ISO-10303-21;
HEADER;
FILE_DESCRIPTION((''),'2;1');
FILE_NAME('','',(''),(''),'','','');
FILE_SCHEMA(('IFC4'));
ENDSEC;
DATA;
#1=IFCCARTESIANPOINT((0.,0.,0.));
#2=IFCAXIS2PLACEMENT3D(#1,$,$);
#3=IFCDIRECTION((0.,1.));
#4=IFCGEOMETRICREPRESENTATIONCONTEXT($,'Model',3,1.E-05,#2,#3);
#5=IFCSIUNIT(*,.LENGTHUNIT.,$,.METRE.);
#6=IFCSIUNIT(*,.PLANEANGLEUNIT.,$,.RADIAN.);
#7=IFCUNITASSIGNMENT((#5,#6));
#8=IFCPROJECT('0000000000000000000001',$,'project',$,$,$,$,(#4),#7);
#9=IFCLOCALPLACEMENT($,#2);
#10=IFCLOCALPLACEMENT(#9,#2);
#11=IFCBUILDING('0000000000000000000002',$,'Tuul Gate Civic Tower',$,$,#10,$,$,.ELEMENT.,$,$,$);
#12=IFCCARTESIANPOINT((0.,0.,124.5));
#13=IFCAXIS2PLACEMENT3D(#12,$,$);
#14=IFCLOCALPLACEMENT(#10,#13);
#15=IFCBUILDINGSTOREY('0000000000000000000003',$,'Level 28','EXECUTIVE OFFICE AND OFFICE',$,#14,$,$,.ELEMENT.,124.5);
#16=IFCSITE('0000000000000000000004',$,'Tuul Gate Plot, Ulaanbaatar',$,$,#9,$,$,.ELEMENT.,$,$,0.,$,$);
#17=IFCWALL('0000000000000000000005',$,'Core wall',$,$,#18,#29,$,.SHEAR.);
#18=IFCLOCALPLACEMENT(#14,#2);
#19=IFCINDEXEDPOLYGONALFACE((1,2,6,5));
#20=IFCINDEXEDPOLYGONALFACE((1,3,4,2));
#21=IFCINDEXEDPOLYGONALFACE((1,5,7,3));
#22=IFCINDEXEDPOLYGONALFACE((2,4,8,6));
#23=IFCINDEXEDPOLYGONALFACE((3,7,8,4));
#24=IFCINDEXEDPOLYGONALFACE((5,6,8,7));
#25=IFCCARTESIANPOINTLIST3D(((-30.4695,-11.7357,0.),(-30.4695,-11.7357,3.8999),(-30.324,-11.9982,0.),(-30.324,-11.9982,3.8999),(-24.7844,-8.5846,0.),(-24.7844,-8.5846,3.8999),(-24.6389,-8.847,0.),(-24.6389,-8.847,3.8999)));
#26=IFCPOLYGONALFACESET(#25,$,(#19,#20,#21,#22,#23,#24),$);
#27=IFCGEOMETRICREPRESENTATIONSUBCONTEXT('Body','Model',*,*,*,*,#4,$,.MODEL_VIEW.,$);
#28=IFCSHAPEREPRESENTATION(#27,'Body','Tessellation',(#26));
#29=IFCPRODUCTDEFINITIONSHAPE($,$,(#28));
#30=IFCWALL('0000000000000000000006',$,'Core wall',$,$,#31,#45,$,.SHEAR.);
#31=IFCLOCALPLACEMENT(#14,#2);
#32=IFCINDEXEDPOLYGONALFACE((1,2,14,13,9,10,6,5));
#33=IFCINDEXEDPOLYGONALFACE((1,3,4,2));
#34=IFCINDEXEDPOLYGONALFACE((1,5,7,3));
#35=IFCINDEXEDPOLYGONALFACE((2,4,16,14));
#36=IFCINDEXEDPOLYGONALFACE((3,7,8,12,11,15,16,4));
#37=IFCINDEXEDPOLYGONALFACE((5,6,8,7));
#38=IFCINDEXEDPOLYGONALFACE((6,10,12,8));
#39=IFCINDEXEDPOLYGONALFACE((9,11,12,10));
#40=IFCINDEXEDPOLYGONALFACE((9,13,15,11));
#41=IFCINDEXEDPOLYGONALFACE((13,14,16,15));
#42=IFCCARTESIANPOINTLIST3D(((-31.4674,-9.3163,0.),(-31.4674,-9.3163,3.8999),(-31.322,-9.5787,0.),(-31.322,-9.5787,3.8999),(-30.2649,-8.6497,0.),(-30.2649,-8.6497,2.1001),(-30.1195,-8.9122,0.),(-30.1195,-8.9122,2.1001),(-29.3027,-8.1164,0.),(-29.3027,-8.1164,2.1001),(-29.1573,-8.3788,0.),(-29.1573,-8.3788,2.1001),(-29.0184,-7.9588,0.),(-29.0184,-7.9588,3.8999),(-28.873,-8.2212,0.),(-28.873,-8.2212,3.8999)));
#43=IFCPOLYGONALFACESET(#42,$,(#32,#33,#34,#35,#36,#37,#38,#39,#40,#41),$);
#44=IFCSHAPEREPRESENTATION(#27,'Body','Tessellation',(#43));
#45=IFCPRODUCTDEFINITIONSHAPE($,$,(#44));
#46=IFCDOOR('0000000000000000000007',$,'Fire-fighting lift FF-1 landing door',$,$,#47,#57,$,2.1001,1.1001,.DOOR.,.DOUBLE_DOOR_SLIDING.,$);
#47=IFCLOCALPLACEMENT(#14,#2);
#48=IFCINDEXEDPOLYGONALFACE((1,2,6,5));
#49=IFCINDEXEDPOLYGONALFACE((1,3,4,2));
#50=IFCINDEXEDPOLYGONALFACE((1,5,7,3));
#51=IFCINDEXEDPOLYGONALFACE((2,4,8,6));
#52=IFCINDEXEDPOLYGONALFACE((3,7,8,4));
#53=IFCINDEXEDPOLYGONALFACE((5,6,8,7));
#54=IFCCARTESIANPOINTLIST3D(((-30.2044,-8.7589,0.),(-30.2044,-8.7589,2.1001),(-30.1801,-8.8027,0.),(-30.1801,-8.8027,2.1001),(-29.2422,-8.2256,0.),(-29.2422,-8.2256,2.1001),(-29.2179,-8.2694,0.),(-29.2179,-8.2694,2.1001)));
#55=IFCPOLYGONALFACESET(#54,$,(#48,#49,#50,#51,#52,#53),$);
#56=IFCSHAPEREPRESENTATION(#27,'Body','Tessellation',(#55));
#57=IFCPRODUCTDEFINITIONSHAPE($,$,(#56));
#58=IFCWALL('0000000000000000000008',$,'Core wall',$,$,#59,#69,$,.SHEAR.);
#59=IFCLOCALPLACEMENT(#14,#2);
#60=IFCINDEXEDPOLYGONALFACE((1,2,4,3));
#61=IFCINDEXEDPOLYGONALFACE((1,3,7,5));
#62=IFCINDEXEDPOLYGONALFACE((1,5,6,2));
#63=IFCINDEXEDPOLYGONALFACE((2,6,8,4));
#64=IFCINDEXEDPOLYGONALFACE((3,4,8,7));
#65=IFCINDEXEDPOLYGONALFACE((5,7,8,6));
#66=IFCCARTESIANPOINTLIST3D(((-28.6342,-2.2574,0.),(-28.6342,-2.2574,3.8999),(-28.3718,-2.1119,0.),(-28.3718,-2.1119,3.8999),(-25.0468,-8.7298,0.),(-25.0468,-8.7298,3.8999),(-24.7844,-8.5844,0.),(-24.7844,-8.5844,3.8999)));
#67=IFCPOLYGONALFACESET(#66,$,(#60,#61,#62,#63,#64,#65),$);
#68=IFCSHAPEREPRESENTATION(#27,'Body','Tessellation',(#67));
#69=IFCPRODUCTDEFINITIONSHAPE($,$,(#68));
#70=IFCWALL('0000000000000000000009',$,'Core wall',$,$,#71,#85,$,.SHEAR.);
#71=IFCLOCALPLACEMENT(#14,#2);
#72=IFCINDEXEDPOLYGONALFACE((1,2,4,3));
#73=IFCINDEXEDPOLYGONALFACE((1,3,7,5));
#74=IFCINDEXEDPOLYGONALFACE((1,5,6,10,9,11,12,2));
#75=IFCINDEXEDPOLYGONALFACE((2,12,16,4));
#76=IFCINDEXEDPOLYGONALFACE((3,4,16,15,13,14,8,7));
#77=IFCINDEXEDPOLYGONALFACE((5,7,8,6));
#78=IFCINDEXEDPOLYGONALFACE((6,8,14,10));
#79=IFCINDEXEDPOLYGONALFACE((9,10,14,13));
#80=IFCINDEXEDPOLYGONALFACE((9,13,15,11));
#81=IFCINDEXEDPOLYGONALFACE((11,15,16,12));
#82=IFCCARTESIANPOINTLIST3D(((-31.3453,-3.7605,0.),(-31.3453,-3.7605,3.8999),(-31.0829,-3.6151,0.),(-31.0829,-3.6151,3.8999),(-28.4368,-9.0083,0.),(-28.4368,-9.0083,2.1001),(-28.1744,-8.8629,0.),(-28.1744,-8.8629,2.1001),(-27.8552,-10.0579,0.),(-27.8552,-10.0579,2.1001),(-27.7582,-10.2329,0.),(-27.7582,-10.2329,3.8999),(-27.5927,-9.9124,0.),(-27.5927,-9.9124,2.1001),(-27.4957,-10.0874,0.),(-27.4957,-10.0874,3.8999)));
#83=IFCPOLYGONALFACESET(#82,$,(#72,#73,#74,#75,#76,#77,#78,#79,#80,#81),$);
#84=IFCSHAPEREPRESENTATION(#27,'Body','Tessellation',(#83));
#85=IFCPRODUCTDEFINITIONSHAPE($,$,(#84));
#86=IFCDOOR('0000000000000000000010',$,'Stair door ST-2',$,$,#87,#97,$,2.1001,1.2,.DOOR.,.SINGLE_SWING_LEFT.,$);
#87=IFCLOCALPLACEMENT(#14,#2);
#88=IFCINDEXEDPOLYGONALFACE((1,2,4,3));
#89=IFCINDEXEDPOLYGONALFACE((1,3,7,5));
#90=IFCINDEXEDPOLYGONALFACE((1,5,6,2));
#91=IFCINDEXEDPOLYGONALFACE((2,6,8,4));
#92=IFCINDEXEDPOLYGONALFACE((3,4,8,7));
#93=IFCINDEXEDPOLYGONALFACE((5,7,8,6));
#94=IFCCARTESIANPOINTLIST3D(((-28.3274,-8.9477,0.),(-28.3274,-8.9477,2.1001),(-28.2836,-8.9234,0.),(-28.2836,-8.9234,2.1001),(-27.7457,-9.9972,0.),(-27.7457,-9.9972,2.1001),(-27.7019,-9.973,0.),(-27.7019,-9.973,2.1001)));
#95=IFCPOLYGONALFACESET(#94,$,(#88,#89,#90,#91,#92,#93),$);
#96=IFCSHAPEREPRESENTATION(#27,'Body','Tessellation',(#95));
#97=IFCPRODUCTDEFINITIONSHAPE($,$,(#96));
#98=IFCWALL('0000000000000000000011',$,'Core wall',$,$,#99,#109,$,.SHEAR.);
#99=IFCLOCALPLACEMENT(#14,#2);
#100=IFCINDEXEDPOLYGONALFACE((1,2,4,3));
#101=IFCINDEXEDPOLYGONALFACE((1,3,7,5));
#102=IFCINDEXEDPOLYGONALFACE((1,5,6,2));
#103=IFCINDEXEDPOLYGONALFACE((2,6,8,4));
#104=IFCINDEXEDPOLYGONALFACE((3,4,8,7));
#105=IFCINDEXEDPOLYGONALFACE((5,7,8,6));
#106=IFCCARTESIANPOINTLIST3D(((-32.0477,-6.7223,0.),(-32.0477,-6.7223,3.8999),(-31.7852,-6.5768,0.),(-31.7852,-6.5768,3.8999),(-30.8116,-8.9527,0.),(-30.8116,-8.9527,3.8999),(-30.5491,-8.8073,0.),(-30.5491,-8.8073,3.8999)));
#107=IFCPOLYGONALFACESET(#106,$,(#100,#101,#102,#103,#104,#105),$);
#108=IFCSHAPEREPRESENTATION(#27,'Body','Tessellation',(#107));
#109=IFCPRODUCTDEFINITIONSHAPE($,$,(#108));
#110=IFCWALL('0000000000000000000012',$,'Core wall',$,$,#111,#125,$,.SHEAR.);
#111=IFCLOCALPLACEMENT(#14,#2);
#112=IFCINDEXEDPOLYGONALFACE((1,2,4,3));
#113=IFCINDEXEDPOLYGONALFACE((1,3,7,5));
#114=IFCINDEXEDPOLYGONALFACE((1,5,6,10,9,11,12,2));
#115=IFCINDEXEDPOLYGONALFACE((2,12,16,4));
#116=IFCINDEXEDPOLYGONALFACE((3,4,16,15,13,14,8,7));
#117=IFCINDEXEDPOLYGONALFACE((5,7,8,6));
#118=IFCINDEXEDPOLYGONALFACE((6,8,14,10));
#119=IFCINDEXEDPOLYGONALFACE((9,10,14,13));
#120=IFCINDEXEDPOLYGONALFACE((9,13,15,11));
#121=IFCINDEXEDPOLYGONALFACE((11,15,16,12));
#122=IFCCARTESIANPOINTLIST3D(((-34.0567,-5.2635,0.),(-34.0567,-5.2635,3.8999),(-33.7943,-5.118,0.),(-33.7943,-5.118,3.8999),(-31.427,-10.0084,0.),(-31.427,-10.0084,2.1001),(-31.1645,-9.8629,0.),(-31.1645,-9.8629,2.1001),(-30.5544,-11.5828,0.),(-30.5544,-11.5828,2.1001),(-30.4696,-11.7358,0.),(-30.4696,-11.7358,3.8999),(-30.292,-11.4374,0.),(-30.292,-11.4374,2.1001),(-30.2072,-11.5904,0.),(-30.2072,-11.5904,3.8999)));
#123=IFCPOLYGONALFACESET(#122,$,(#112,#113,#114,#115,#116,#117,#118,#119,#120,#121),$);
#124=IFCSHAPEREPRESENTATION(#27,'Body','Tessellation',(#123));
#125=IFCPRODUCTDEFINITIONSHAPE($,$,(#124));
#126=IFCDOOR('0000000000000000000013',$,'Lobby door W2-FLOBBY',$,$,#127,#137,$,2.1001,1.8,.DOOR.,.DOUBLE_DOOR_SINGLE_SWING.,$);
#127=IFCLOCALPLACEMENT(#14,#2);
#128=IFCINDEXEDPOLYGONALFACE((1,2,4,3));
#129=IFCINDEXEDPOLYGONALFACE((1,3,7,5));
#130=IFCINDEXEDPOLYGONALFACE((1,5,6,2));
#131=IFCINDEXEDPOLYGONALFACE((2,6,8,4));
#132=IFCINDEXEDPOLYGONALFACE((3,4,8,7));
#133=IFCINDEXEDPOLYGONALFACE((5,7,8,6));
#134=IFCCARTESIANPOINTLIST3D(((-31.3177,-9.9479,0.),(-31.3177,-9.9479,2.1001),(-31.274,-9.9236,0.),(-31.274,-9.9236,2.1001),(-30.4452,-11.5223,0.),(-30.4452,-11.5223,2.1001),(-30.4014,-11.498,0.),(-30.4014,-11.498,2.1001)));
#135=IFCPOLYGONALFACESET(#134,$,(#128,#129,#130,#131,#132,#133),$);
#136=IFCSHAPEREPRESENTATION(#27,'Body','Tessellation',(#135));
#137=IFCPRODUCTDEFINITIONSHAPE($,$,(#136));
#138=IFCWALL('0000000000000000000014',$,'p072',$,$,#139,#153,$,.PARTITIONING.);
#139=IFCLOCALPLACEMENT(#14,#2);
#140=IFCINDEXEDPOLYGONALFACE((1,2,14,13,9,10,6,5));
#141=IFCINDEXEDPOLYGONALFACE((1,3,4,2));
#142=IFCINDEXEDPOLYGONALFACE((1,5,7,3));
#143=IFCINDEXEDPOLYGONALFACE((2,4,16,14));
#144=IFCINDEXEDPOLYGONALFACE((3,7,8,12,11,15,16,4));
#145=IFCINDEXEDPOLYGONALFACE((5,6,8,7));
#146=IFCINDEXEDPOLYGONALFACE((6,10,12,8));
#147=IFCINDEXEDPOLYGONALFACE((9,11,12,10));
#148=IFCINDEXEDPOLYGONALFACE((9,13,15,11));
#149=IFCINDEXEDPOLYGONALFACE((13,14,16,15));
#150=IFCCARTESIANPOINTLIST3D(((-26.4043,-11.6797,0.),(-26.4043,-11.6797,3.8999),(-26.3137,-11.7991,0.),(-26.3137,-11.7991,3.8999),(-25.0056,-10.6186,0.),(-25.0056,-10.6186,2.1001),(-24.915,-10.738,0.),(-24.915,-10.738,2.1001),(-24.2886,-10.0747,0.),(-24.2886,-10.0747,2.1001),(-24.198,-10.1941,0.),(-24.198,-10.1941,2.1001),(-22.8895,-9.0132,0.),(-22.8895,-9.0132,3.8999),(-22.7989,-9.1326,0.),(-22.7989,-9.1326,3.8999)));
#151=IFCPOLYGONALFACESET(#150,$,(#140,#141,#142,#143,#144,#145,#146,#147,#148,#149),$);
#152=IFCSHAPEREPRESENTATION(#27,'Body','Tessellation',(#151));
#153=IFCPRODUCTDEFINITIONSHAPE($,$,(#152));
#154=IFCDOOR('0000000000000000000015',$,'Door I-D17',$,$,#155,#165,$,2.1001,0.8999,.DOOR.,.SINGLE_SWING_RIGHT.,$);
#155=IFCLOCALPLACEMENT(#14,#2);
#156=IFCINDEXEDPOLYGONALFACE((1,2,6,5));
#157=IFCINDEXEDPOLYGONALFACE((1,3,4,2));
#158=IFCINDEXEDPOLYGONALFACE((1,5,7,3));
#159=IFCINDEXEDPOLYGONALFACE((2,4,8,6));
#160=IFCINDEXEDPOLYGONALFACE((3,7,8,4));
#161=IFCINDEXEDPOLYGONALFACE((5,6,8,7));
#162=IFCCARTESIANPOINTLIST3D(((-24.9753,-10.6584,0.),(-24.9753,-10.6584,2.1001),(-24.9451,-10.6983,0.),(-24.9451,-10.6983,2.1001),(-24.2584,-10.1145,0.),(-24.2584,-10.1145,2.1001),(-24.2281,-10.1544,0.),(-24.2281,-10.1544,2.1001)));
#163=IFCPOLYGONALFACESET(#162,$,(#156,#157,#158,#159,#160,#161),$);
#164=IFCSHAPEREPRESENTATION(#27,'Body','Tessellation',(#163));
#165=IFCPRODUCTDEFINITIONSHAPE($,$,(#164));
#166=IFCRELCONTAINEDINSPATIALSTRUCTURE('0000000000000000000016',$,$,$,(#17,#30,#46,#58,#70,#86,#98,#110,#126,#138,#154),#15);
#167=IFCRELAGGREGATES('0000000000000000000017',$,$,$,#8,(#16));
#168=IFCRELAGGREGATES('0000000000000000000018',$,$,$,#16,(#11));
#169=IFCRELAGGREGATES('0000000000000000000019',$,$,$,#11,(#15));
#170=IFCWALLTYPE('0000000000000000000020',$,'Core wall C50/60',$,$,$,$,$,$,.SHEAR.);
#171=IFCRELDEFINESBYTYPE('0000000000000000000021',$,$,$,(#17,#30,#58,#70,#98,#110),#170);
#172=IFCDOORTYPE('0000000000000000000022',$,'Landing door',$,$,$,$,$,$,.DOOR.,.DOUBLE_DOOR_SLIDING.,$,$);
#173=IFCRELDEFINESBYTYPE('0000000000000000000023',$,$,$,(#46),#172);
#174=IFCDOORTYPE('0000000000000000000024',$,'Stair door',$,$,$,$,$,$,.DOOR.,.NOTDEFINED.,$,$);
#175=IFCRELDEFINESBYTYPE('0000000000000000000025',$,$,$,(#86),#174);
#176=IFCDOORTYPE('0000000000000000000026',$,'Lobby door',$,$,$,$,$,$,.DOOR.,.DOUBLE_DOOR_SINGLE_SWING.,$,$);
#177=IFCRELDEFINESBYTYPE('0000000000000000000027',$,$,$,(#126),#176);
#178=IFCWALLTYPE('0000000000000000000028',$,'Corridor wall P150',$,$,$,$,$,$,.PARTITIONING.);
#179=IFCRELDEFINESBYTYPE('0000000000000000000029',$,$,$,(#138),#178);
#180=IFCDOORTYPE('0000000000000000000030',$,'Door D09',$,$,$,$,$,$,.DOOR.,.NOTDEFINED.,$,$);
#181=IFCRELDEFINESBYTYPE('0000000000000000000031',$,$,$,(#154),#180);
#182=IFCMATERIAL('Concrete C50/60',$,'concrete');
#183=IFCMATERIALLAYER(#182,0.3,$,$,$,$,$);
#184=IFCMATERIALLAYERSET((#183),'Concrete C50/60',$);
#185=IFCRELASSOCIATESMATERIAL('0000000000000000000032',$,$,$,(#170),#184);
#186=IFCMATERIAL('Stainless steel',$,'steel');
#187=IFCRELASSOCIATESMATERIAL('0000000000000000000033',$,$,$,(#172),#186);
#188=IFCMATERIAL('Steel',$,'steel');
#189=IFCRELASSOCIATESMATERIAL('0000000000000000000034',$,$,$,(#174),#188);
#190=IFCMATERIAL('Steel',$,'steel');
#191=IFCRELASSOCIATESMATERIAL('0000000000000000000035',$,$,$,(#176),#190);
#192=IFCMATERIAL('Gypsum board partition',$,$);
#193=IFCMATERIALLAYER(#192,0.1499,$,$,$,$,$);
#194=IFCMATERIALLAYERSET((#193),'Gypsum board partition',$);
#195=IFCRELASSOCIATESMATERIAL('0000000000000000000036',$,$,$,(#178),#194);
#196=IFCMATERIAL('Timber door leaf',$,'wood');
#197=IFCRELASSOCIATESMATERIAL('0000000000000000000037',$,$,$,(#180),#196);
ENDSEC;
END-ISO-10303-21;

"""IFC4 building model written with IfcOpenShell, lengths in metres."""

from ifc_helpers import new_model, si_unit, direction, frame, frame_2d, origin, place, context, subcontext, project, spatial, rectangle, extrude, material, layer, layer_set, type_object, element, fill, save


model = new_model("IFC4")

# Units and contexts
model_context = context("Model", 3, precision=1e-05, world=origin(), true_north=direction((0.0, 1.0)))
body_context = subcontext(model_context, "Body", "Model", "MODEL_VIEW")
ifc_project = project(units=[si_unit("LENGTHUNIT", "METRE"), si_unit("PLANEANGLEUNIT", "RADIAN")], contexts=[model_context])

# Site, building, storey
site_placement = place(None, origin())
site = spatial("IfcSite", under=ifc_project, at=site_placement, Name="Tuul Gate Plot, Ulaanbaatar", CompositionType="ELEMENT", RefElevation=0.0)
building_placement = place(site_placement, origin())
building = spatial("IfcBuilding", under=site, at=building_placement, Name="Tuul Gate Civic Tower", CompositionType="ELEMENT")
storey_placement = place(building_placement, frame((0.0, 0.0, 124.5)))
storey = spatial("IfcBuildingStorey", under=building, at=storey_placement, Name="Level 28", Description="EXECUTIVE OFFICE AND OFFICE", CompositionType="ELEMENT", Elevation=124.5)

# Wall
ifc_material_1 = material(Name="Concrete C50/60", Category="concrete")
ifc_layer_1 = layer(ifc_material_1, 0.3)
ifc_layer_set_1 = layer_set([ifc_layer_1], Name="Concrete C50/60")
wall_type_1 = type_object("IfcWallType", Name="Core wall C50/60", PredefinedType="SHEAR", material=ifc_layer_set_1)
wall_1_placement = place(storey_placement, frame((-24.7117, -8.7158, 0.0), z_axis=(0.0, 0.0, 1.0), x_axis=(-0.87463, -0.484791, 0.0)))
element("IfcWall", 1, at=wall_1_placement, inside=storey, type_object=wall_type_1, Name="Core wall", PredefinedType="SHEAR", context=body_context, shape_type="SweptSolid", body=[
    extrude(rectangle(XDim=6.5, YDim=0.3, at=frame_2d((3.25, 0.0))), origin(), (0.0, 0.0, 1.0), 3.8999),
])

# Wall, opening, door
wall_2_placement = place(storey_placement, frame((-28.9458, -8.0901, 0.0), z_axis=(0.0, 0.0, 1.0), x_axis=(-0.87463, -0.484791, 0.0)))
wall_2 = element("IfcWall", 2, at=wall_2_placement, inside=storey, type_object=wall_type_1, Name="Core wall", PredefinedType="SHEAR", context=body_context, shape_type="SweptSolid", body=[
    extrude(rectangle(XDim=2.8, YDim=0.3, at=frame_2d((1.3999, 0.0))), origin(), (0.0, 0.0, 1.0), 3.8999),
])
opening_1_placement = place(wall_2_placement, frame((0.325, 0.0, 0.0)))
opening_1 = element("IfcOpeningElement", 3, at=opening_1_placement, cuts=wall_2, PredefinedType="OPENING", context=body_context, shape_type="SweptSolid", body=[
    extrude(rectangle(XDim=1.1001, YDim=2.1001, at=frame_2d((0.55, 1.05))), frame((0.0, 0.1602, 0.0), z_axis=(0.0, -1.0, 0.0), x_axis=(1.0, 0.0, 0.0)), (0.0, 0.0, 1.0), 0.3201),
])
ifc_material_2 = material(Name="Stainless steel", Category="steel")
door_type_1 = type_object("IfcDoorType", Name="Landing door", OperationType="DOUBLE_DOOR_SLIDING", PredefinedType="DOOR", material=ifc_material_2)
door_1_placement = place(opening_1_placement, origin())
door_1 = element("IfcDoor", 4, at=door_1_placement, inside=storey, type_object=door_type_1, Name="Fire-fighting lift FF-1 landing door", OperationType="DOUBLE_DOOR_SLIDING", OverallHeight=2.1001, OverallWidth=1.1001, PredefinedType="DOOR", context=body_context, shape_type="SweptSolid", body=[
    extrude(rectangle(XDim=1.1001, YDim=2.1001, at=frame_2d((0.55, 1.05))), frame((0.0, 0.0249, 0.0), z_axis=(0.0, -1.0, 0.0), x_axis=(1.0, 0.0, 0.0)), (0.0, 0.0, 1.0), 0.05),
])
fill(opening_1, door_1)

# Wall
wall_3_placement = place(storey_placement, frame((-24.9155, -8.6572, 0.0), z_axis=(0.0, 0.0, 1.0), x_axis=(-0.484777, 0.874638, 0.0)))
element("IfcWall", 5, at=wall_3_placement, inside=storey, type_object=wall_type_1, Name="Core wall", PredefinedType="SHEAR", context=body_context, shape_type="SweptSolid", body=[
    extrude(rectangle(XDim=7.4001, YDim=0.3, at=frame_2d((3.7002, 0.0))), origin(), (0.0, 0.0, 1.0), 3.8999),
])

# Wall, opening, door
wall_4_placement = place(storey_placement, frame((-27.627, -10.1602, 0.0), z_axis=(0.0, 0.0, 1.0), x_axis=(-0.484752, 0.874652, 0.0)))
wall_4 = element("IfcWall", 6, at=wall_4_placement, inside=storey, type_object=wall_type_1, Name="Core wall", PredefinedType="SHEAR", context=body_context, shape_type="SweptSolid", body=[
    extrude(rectangle(XDim=7.3999, YDim=0.3, at=frame_2d((3.7, 0.0))), origin(), (0.0, 0.0, 1.0), 3.8999),
])
opening_2_placement = place(wall_4_placement, frame((0.2, 0.0, 0.0)))
opening_2 = element("IfcOpeningElement", 7, at=opening_2_placement, cuts=wall_4, PredefinedType="OPENING", context=body_context, shape_type="SweptSolid", body=[
    extrude(rectangle(XDim=1.2, YDim=2.1001, at=frame_2d((0.6001, 1.05))), frame((0.0, 0.1602, 0.0), z_axis=(0.0, -1.0, 0.0), x_axis=(1.0, 0.0, 0.0)), (0.0, 0.0, 1.0), 0.3201),
])
ifc_material_3 = material(Name="Steel", Category="steel")
door_type_2 = type_object("IfcDoorType", Name="Stair door", OperationType="NOTDEFINED", PredefinedType="DOOR", material=ifc_material_3)
door_2_placement = place(opening_2_placement, origin())
door_2 = element("IfcDoor", 8, at=door_2_placement, inside=storey, type_object=door_type_2, Name="Stair door ST-2", OperationType="SINGLE_SWING_LEFT", OverallHeight=2.1001, OverallWidth=1.2, PredefinedType="DOOR", context=body_context, shape_type="SweptSolid", body=[
    extrude(rectangle(XDim=1.2, YDim=2.1001, at=frame_2d((0.6001, 1.05))), frame((0.0, 0.0249, 0.0), z_axis=(0.0, -1.0, 0.0), x_axis=(1.0, 0.0, 0.0)), (0.0, 0.0, 1.0), 0.05),
])
fill(opening_2, door_2)

# Wall
wall_5_placement = place(storey_placement, frame((-30.6804, -8.8799, 0.0), z_axis=(0.0, 0.0, 1.0), x_axis=(-0.484724, 0.874667, 0.0)))
element("IfcWall", 9, at=wall_5_placement, inside=storey, type_object=wall_type_1, Name="Core wall", PredefinedType="SHEAR", context=body_context, shape_type="SweptSolid", body=[
    extrude(rectangle(XDim=2.55, YDim=0.3, at=frame_2d((1.2749, 0.0))), origin(), (0.0, 0.0, 1.0), 3.8999),
])

# Walls, openings, doors
wall_6_placement = place(storey_placement, frame((-30.3384, -11.6631, 0.0), z_axis=(0.0, 0.0, 1.0), x_axis=(-0.484752, 0.874652, 0.0)))
wall_6 = element("IfcWall", 10, at=wall_6_placement, inside=storey, type_object=wall_type_1, Name="Core wall", PredefinedType="SHEAR", context=body_context, shape_type="SweptSolid", body=[
    extrude(rectangle(XDim=7.3999, YDim=0.3, at=frame_2d((3.7, 0.0))), origin(), (0.0, 0.0, 1.0), 3.8999),
])
opening_3_placement = place(wall_6_placement, frame((0.175, 0.0, 0.0)))
opening_3 = element("IfcOpeningElement", 11, at=opening_3_placement, cuts=wall_6, PredefinedType="OPENING", context=body_context, shape_type="SweptSolid", body=[
    extrude(rectangle(XDim=1.8, YDim=2.1001, at=frame_2d((0.8999, 1.05))), frame((0.0, 0.1602, 0.0), z_axis=(0.0, -1.0, 0.0), x_axis=(1.0, 0.0, 0.0)), (0.0, 0.0, 1.0), 0.3201),
])
ifc_material_4 = material(Name="Steel", Category="steel")
door_type_3 = type_object("IfcDoorType", Name="Lobby door", OperationType="DOUBLE_DOOR_SINGLE_SWING", PredefinedType="DOOR", material=ifc_material_4)
door_3_placement = place(opening_3_placement, frame((1.8, 0.0, 0.0), z_axis=(0.0, 0.0, 1.0), x_axis=(-1.0, 0.0, 0.0)))
door_3 = element("IfcDoor", 12, at=door_3_placement, inside=storey, type_object=door_type_3, Name="Lobby door W2-FLOBBY", OperationType="DOUBLE_DOOR_SINGLE_SWING", OverallHeight=2.1001, OverallWidth=1.8, PredefinedType="DOOR", context=body_context, shape_type="SweptSolid", body=[
    extrude(rectangle(XDim=1.8, YDim=2.1001, at=frame_2d((0.9001, 1.05))), frame((0.0, 0.0249, 0.0), z_axis=(0.0, -1.0, 0.0), x_axis=(1.0, 0.0, 0.0)), (0.0, 0.0, 1.0), 0.05),
])
fill(opening_3, door_3)
ifc_material_5 = material(Name="Gypsum board partition")
ifc_layer_2 = layer(ifc_material_5, 0.1499)
ifc_layer_set_2 = layer_set([ifc_layer_2], Name="Gypsum board partition")
wall_type_2 = type_object("IfcWallType", Name="Corridor wall P150", PredefinedType="PARTITIONING", material=ifc_layer_set_2)
wall_7_placement = place(storey_placement, frame((-26.3591, -11.7395, 0.0), z_axis=(0.0, 0.0, 1.0), x_axis=(0.796688, 0.604391, 0.0)))
wall_7 = element("IfcWall", 13, at=wall_7_placement, inside=storey, type_object=wall_type_2, Name="p072", PredefinedType="PARTITIONING", context=body_context, shape_type="SweptSolid", body=[
    extrude(rectangle(XDim=4.4119, YDim=0.1499, at=frame_2d((2.2061, 0.0))), origin(), (0.0, 0.0, 1.0), 3.8999),
])
opening_4_placement = place(wall_7_placement, frame((1.7559, 0.0, 0.0)))
opening_4 = element("IfcOpeningElement", 14, at=opening_4_placement, cuts=wall_7, PredefinedType="OPENING", context=body_context, shape_type="SweptSolid", body=[
    extrude(rectangle(XDim=0.8999, YDim=2.1001, at=frame_2d((0.45, 1.05))), frame((0.0, 0.085, 0.0), z_axis=(0.0, -1.0, 0.0), x_axis=(1.0, 0.0, 0.0)), (0.0, 0.0, 1.0), 0.1699),
])
ifc_material_6 = material(Name="Timber door leaf", Category="wood")
door_type_4 = type_object("IfcDoorType", Name="Door D09", OperationType="NOTDEFINED", PredefinedType="DOOR", material=ifc_material_6)
door_4_placement = place(opening_4_placement, origin())
door_4 = element("IfcDoor", 15, at=door_4_placement, inside=storey, type_object=door_type_4, Name="Door I-D17", OperationType="SINGLE_SWING_RIGHT", OverallHeight=2.1001, OverallWidth=0.8999, PredefinedType="DOOR", context=body_context, shape_type="SweptSolid", body=[
    extrude(rectangle(XDim=0.8999, YDim=2.1001, at=frame_2d((0.45, 1.05))), frame((0.0, 0.0249, 0.0), z_axis=(0.0, -1.0, 0.0), x_axis=(1.0, 0.0, 0.0)), (0.0, 0.0, 1.0), 0.05),
])
fill(opening_4, door_4)

save(model, "model.ifc")
